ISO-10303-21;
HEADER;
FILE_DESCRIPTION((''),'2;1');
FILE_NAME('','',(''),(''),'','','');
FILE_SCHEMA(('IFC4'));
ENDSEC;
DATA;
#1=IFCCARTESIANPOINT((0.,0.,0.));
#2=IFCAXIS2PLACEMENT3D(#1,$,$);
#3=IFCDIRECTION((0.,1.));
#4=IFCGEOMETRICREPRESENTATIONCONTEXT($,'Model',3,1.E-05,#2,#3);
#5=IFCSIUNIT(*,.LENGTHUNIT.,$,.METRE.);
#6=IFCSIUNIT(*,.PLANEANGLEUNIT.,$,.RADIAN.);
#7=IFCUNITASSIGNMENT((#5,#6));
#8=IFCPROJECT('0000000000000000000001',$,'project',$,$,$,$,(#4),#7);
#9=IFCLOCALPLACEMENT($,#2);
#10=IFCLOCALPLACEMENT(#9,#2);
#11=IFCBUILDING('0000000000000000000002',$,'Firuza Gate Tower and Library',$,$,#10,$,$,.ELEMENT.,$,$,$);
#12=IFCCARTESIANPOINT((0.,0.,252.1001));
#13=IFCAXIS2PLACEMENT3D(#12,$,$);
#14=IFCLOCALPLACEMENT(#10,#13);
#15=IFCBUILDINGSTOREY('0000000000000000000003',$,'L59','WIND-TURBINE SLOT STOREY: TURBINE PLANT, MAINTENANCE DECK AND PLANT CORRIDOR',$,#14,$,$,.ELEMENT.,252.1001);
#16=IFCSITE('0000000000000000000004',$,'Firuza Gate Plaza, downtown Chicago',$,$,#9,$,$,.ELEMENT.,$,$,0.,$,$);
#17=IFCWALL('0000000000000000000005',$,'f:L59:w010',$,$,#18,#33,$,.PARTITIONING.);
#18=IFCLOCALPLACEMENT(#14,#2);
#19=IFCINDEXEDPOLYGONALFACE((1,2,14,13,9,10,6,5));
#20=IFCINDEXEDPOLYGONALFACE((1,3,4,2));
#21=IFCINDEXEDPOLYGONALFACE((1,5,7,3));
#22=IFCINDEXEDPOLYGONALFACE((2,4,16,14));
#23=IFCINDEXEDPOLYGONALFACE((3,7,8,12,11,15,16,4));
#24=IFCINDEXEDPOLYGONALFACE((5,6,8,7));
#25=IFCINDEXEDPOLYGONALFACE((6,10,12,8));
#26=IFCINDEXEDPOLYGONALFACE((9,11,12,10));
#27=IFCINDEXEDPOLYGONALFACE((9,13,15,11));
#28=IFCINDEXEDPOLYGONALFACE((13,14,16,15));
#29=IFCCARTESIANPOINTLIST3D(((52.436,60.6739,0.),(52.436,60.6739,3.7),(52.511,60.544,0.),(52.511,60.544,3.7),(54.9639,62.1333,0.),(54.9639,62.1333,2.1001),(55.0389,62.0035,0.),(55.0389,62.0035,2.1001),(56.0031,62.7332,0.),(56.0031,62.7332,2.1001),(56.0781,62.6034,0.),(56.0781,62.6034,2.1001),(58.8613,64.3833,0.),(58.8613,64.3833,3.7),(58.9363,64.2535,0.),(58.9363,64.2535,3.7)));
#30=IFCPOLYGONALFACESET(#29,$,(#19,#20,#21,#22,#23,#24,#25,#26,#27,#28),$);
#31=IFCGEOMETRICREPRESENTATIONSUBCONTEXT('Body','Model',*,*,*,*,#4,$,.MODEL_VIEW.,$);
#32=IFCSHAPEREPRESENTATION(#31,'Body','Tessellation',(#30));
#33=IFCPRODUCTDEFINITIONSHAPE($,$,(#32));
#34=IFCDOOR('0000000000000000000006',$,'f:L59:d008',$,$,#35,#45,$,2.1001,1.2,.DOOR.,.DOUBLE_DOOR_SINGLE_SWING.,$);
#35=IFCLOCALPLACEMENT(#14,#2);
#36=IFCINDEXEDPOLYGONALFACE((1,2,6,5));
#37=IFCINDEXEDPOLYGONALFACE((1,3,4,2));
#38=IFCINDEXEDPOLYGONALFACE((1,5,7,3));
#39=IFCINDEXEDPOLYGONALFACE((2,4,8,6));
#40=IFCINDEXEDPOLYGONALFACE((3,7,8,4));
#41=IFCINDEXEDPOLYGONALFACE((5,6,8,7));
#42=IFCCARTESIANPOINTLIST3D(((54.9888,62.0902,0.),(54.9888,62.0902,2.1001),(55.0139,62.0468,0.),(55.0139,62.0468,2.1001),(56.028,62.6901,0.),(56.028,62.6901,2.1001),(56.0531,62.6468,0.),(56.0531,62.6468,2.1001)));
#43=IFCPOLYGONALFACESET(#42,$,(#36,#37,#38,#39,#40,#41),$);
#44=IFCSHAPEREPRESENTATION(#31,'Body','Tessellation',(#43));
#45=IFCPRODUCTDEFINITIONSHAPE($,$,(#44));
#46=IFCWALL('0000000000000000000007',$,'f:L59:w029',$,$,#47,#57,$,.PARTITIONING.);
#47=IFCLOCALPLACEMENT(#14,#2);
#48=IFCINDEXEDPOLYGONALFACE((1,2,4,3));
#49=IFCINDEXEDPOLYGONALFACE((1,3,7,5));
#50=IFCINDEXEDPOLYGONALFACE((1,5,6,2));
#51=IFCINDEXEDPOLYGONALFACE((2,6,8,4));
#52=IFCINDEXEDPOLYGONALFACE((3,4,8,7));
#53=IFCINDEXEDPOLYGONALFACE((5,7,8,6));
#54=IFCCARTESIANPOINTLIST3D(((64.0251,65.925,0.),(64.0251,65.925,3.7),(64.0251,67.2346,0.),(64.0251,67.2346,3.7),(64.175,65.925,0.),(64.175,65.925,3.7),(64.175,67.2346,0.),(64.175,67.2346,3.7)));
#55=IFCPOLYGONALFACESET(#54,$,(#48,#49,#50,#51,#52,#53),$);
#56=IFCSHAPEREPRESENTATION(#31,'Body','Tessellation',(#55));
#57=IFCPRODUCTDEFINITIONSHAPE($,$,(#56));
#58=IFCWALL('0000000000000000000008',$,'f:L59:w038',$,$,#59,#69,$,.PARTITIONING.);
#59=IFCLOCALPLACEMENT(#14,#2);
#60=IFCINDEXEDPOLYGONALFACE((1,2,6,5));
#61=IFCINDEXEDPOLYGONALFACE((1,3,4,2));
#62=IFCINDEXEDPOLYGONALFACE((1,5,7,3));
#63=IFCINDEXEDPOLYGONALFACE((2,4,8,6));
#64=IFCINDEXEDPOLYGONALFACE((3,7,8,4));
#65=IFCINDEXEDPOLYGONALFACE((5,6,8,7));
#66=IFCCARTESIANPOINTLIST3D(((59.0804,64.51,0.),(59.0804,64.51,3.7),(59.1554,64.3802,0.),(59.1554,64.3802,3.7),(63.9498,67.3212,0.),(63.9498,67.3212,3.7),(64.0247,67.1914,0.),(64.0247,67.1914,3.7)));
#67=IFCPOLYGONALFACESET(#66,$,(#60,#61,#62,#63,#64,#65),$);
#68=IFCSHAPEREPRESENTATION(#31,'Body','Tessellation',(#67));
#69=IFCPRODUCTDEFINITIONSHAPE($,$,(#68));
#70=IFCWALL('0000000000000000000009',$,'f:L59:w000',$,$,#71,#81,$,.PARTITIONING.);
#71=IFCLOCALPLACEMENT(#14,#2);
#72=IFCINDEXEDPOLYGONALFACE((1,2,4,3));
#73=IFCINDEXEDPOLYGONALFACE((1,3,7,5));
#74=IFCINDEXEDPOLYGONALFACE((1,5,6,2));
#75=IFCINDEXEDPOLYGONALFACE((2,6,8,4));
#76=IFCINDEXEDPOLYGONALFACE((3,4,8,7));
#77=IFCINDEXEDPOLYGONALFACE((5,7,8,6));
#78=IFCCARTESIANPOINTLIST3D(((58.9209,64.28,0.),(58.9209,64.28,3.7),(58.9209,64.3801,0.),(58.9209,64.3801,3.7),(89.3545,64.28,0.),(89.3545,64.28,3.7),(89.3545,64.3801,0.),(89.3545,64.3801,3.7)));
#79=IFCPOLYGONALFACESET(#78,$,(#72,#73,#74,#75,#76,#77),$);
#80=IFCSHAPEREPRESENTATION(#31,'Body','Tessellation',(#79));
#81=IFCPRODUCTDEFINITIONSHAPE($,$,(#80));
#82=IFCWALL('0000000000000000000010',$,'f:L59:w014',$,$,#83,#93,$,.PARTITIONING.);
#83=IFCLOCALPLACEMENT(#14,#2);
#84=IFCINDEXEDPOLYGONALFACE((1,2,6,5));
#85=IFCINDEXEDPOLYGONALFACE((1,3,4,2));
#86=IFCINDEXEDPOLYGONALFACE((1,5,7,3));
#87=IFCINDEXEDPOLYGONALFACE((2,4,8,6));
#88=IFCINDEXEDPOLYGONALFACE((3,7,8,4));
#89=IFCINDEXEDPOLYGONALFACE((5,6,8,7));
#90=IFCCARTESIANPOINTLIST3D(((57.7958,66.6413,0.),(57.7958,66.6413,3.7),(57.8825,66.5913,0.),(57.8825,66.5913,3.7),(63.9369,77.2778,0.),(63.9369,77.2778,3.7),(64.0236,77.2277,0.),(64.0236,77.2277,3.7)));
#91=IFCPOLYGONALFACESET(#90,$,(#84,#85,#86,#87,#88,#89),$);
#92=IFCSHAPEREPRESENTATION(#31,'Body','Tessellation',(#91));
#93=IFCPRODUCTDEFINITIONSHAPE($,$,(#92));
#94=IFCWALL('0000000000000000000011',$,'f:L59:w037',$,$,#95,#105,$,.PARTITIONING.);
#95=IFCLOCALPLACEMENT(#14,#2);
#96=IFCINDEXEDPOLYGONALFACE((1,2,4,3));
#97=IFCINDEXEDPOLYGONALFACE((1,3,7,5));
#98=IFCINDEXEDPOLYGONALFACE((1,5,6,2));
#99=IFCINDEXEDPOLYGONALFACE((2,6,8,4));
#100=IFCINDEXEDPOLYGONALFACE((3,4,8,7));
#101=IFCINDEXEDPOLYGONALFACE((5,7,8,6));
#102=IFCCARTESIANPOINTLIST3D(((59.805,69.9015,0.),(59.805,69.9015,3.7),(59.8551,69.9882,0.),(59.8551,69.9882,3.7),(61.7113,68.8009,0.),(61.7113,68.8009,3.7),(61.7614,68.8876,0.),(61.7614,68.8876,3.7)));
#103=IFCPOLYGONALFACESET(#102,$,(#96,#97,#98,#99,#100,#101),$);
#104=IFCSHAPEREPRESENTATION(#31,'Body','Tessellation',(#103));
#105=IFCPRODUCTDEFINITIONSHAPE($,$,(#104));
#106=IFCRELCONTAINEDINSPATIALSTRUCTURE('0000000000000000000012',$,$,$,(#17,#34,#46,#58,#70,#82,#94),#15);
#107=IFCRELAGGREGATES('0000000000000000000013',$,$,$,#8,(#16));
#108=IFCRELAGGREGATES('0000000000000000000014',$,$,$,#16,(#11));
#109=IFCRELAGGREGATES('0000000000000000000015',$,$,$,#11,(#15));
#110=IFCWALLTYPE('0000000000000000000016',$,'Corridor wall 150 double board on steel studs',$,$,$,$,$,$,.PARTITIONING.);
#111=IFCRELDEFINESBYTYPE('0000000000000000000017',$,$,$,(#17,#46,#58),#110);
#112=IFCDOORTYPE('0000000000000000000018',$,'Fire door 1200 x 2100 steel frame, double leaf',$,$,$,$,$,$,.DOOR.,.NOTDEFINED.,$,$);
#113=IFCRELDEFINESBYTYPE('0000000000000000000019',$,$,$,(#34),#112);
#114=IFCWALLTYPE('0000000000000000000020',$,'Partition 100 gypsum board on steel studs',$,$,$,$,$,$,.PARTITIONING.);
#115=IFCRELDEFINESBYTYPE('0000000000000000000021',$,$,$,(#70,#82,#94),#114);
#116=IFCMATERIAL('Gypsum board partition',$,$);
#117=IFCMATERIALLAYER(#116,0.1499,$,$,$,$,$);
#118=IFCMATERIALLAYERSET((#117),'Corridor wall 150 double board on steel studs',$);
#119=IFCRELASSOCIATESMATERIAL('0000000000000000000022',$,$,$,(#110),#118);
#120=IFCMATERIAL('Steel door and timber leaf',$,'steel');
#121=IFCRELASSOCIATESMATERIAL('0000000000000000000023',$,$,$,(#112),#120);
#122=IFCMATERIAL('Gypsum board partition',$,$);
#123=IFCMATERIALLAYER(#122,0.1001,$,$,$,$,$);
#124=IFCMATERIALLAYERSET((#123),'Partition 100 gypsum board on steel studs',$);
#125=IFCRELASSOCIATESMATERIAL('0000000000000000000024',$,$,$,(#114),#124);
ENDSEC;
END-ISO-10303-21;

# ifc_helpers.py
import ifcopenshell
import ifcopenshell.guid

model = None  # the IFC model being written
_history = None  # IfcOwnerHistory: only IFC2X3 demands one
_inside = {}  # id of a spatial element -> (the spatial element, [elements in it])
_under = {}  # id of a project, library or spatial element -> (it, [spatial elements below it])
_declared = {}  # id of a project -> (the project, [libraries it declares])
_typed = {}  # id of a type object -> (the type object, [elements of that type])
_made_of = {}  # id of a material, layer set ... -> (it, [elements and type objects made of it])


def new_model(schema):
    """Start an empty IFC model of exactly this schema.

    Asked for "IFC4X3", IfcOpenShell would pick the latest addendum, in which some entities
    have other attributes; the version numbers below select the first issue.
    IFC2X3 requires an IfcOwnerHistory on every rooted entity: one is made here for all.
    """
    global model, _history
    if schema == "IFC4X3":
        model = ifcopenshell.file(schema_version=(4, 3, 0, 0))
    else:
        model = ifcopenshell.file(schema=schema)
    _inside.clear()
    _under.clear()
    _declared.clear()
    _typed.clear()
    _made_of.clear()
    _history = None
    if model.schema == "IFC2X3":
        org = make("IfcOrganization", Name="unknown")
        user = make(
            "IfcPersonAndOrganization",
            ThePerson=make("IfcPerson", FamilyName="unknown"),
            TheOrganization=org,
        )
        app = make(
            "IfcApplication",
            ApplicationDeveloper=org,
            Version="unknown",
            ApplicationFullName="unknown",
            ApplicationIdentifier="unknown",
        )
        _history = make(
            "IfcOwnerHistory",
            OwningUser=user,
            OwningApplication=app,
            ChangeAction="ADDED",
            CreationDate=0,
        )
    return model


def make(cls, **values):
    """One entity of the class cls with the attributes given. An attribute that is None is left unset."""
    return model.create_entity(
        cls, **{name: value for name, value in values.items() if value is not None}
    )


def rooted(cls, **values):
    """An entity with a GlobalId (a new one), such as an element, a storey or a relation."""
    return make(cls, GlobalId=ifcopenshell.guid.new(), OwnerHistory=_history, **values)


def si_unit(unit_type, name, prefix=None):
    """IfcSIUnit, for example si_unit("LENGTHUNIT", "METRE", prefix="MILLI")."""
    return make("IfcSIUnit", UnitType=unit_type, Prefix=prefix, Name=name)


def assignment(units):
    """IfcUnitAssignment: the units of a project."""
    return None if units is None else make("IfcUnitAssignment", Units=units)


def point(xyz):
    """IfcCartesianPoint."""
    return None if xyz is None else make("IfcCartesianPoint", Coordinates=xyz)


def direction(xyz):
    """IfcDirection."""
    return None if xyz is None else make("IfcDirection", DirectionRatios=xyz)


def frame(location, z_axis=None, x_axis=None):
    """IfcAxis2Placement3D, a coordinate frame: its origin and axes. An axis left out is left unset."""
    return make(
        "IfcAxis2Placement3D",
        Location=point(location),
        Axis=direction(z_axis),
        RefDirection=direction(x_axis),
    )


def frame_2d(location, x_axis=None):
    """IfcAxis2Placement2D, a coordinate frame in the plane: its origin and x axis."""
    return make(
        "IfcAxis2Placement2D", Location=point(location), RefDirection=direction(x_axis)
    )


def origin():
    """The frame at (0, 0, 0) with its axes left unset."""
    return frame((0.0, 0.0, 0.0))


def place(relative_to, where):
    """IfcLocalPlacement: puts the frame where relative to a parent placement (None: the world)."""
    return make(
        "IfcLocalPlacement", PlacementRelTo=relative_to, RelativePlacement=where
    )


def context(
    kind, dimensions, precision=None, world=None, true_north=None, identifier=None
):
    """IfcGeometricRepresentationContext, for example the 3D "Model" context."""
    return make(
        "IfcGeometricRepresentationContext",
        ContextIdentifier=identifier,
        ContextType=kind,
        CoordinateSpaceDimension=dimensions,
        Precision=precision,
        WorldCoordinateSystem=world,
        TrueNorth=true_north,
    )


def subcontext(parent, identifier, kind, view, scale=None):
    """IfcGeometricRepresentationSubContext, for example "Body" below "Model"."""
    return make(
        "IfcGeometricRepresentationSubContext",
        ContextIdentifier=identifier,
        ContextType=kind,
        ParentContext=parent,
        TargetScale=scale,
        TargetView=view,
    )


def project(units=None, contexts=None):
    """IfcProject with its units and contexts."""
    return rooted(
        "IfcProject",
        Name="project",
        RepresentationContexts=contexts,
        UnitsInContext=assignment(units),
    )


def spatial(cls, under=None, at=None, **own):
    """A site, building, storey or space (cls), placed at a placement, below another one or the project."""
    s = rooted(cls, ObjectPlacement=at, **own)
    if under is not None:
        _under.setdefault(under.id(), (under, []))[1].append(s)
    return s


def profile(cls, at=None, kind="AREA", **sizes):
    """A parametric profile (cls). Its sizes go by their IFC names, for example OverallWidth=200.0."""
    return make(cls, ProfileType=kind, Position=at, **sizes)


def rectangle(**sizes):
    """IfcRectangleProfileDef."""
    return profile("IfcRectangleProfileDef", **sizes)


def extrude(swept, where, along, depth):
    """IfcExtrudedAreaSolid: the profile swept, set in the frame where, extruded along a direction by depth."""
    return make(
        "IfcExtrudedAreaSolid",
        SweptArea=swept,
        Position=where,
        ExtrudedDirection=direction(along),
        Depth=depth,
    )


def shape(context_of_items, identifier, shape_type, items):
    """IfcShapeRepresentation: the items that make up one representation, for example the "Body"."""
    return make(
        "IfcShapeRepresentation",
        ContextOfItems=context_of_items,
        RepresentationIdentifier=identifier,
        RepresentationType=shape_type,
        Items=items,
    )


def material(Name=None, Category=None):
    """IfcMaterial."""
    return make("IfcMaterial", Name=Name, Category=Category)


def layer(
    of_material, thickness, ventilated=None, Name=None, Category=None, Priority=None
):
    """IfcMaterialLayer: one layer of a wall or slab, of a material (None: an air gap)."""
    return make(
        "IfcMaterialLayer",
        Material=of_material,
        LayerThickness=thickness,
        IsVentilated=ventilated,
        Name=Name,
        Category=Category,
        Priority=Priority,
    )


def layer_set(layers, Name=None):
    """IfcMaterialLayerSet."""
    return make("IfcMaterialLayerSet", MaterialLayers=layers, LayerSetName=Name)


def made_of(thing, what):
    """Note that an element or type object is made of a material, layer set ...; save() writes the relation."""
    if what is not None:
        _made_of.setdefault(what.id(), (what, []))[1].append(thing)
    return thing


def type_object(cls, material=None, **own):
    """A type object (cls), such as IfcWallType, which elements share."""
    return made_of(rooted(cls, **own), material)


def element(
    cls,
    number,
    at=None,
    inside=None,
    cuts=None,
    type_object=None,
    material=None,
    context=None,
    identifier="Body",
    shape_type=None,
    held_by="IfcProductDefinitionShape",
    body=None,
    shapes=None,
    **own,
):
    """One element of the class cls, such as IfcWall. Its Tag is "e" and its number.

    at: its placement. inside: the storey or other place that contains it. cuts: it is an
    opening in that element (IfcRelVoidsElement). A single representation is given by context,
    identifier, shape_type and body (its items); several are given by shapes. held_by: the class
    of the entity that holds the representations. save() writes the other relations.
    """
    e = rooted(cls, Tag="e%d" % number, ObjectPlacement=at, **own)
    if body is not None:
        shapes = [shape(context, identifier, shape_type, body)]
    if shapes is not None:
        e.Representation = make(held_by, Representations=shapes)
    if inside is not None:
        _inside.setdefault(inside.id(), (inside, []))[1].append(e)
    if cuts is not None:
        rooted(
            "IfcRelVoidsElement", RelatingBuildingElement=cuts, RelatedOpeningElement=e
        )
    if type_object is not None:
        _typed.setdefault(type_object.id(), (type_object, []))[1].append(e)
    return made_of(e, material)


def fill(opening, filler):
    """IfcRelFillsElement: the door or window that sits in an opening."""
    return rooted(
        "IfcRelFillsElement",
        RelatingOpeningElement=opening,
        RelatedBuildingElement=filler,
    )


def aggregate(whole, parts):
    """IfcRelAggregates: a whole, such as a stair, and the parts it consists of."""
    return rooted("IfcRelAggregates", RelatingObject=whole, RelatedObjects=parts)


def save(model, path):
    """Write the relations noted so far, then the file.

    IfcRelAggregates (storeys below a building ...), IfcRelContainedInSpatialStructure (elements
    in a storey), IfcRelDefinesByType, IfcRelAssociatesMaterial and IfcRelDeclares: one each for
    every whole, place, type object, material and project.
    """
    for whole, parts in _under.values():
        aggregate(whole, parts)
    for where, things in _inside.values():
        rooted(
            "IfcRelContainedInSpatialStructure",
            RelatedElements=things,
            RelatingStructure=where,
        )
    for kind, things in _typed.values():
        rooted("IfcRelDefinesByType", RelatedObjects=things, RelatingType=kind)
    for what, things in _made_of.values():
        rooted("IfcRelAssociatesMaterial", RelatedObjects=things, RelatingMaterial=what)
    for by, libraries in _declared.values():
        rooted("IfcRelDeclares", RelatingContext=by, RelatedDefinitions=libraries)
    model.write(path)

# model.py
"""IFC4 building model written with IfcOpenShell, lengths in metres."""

from ifc_helpers import new_model, si_unit, direction, frame, frame_2d, origin, place, context, subcontext, project, spatial, rectangle, extrude, material, layer, layer_set, type_object, element, fill, save


model = new_model("IFC4")

# Units and contexts
model_context = context("Model", 3, precision=1e-05, world=origin(), true_north=direction((0.0, 1.0)))
body_context = subcontext(model_context, "Body", "Model", "MODEL_VIEW")
ifc_project = project(units=[si_unit("LENGTHUNIT", "METRE"), si_unit("PLANEANGLEUNIT", "RADIAN")], contexts=[model_context])

# Site, building, storey
site_placement = place(None, origin())
site = spatial("IfcSite", under=ifc_project, at=site_placement, Name="Firuza Gate Plaza, downtown Chicago", CompositionType="ELEMENT", RefElevation=0.0)
building_placement = place(site_placement, origin())
building = spatial("IfcBuilding", under=site, at=building_placement, Name="Firuza Gate Tower and Library", CompositionType="ELEMENT")
storey_placement = place(building_placement, frame((0.0, 0.0, 252.1001)))
storey = spatial("IfcBuildingStorey", under=building, at=storey_placement, Name="L59", Description="WIND-TURBINE SLOT STOREY: TURBINE PLANT, MAINTENANCE DECK AND PLANT CORRIDOR", CompositionType="ELEMENT", Elevation=252.1001)

# Wall, opening, door
ifc_material_1 = material(Name="Gypsum board partition")
ifc_layer_1 = layer(ifc_material_1, 0.1499)
ifc_layer_set_1 = layer_set([ifc_layer_1], Name="Corridor wall 150 double board on steel studs")
wall_type_1 = type_object("IfcWallType", Name="Corridor wall 150 double board on steel studs", PredefinedType="PARTITIONING", material=ifc_layer_set_1)
wall_1_placement = place(storey_placement, frame((58.8987, 64.3184, 0.0), z_axis=(0.0, 0.0, 1.0), x_axis=(-0.866035, -0.499983, 0.0)))
wall_1 = element("IfcWall", 1, at=wall_1_placement, inside=storey, type_object=wall_type_1, Name="f:L59:w010", PredefinedType="PARTITIONING", context=body_context, shape_type="SweptSolid", body=[
    extrude(rectangle(XDim=7.4192, YDim=0.1499, at=frame_2d((3.7095, 0.0))), origin(), (0.0, 0.0, 1.0), 3.7),
])
opening_placement = place(wall_1_placement, frame((3.3, 0.0, 0.0)))
opening = element("IfcOpeningElement", 2, at=opening_placement, cuts=wall_1, PredefinedType="OPENING", context=body_context, shape_type="SweptSolid", body=[
    extrude(rectangle(XDim=1.2, YDim=2.1001, at=frame_2d((0.6001, 1.05))), frame((0.0, 0.085, 0.0), z_axis=(0.0, -1.0, 0.0), x_axis=(1.0, 0.0, 0.0)), (0.0, 0.0, 1.0), 0.1699),
])
ifc_material_2 = material(Name="Steel door and timber leaf", Category="steel")
door_type = type_object("IfcDoorType", Name="Fire door 1200 x 2100 steel frame, double leaf", OperationType="NOTDEFINED", PredefinedType="DOOR", material=ifc_material_2)
door_placement = place(opening_placement, origin())
door = element("IfcDoor", 3, at=door_placement, inside=storey, type_object=door_type, Name="f:L59:d008", OperationType="DOUBLE_DOOR_SINGLE_SWING", OverallHeight=2.1001, OverallWidth=1.2, PredefinedType="DOOR", context=body_context, shape_type="SweptSolid", body=[
    extrude(rectangle(XDim=1.2, YDim=2.1001, at=frame_2d((0.6001, 1.05))), frame((0.0, 0.0249, 0.0), z_axis=(0.0, -1.0, 0.0), x_axis=(1.0, 0.0, 0.0)), (0.0, 0.0, 1.0), 0.05),
])
fill(opening, door)

# Walls
wall_2_placement = place(storey_placement, frame((64.1001, 65.925, 0.0), z_axis=(0.0, 0.0, 1.0), x_axis=(0.0, 1.0, 0.0)))
element("IfcWall", 4, at=wall_2_placement, inside=storey, type_object=wall_type_1, Name="f:L59:w029", PredefinedType="PARTITIONING", context=body_context, shape_type="SweptSolid", body=[
    extrude(rectangle(XDim=1.3096, YDim=0.1499, at=frame_2d((0.6548, 0.0))), origin(), (0.0, 0.0, 1.0), 3.7),
])
wall_3_placement = place(storey_placement, frame((59.1179, 64.4451, 0.0), z_axis=(0.0, 0.0, 1.0), x_axis=(0.86603, 0.499992, 0.0)))
element("IfcWall", 5, at=wall_3_placement, inside=storey, type_object=wall_type_1, Name="f:L59:w038", PredefinedType="PARTITIONING", context=body_context, shape_type="SweptSolid", body=[
    extrude(rectangle(XDim=5.6226, YDim=0.1499, at=frame_2d((2.8113, 0.0))), origin(), (0.0, 0.0, 1.0), 3.7),
])
ifc_material_3 = material(Name="Gypsum board partition")
ifc_layer_2 = layer(ifc_material_3, 0.1001)
ifc_layer_set_2 = layer_set([ifc_layer_2], Name="Partition 100 gypsum board on steel studs")
wall_type_2 = type_object("IfcWallType", Name="Partition 100 gypsum board on steel studs", PredefinedType="PARTITIONING", material=ifc_layer_set_2)
wall_4_placement = place(storey_placement, frame((58.9209, 64.3301, 0.0), z_axis=(0.0, 0.0, 1.0), x_axis=(1.0, 0.0, 0.0)))
element("IfcWall", 6, at=wall_4_placement, inside=storey, type_object=wall_type_2, Name="f:L59:w000", PredefinedType="PARTITIONING", context=body_context, shape_type="SweptSolid", body=[
    extrude(rectangle(XDim=30.4336, YDim=0.1001, at=frame_2d((15.2168, 0.0))), origin(), (0.0, 0.0, 1.0), 3.7),
])
wall_5_placement = place(storey_placement, frame((57.8391, 66.6162, 0.0), z_axis=(0.0, 0.0, 1.0), x_axis=(0.500009, 0.86602, 0.0)))
element("IfcWall", 7, at=wall_5_placement, inside=storey, type_object=wall_type_2, Name="f:L59:w014", PredefinedType="PARTITIONING", context=body_context, shape_type="SweptSolid", body=[
    extrude(rectangle(XDim=12.282, YDim=0.1001, at=frame_2d((6.1411, 0.0))), origin(), (0.0, 0.0, 1.0), 3.7),
])
wall_6_placement = place(storey_placement, frame((61.7363, 68.8442, 0.0), z_axis=(0.0, 0.0, 1.0), x_axis=(-0.866023, 0.500004, 0.0)))
element("IfcWall", 8, at=wall_6_placement, inside=storey, type_object=wall_type_2, Name="f:L59:w037", PredefinedType="PARTITIONING", context=body_context, shape_type="SweptSolid", body=[
    extrude(rectangle(XDim=2.2012, YDim=0.1001, at=frame_2d((1.1006, 0.0))), origin(), (0.0, 0.0, 1.0), 3.7),
])

save(model, "model.ifc")
